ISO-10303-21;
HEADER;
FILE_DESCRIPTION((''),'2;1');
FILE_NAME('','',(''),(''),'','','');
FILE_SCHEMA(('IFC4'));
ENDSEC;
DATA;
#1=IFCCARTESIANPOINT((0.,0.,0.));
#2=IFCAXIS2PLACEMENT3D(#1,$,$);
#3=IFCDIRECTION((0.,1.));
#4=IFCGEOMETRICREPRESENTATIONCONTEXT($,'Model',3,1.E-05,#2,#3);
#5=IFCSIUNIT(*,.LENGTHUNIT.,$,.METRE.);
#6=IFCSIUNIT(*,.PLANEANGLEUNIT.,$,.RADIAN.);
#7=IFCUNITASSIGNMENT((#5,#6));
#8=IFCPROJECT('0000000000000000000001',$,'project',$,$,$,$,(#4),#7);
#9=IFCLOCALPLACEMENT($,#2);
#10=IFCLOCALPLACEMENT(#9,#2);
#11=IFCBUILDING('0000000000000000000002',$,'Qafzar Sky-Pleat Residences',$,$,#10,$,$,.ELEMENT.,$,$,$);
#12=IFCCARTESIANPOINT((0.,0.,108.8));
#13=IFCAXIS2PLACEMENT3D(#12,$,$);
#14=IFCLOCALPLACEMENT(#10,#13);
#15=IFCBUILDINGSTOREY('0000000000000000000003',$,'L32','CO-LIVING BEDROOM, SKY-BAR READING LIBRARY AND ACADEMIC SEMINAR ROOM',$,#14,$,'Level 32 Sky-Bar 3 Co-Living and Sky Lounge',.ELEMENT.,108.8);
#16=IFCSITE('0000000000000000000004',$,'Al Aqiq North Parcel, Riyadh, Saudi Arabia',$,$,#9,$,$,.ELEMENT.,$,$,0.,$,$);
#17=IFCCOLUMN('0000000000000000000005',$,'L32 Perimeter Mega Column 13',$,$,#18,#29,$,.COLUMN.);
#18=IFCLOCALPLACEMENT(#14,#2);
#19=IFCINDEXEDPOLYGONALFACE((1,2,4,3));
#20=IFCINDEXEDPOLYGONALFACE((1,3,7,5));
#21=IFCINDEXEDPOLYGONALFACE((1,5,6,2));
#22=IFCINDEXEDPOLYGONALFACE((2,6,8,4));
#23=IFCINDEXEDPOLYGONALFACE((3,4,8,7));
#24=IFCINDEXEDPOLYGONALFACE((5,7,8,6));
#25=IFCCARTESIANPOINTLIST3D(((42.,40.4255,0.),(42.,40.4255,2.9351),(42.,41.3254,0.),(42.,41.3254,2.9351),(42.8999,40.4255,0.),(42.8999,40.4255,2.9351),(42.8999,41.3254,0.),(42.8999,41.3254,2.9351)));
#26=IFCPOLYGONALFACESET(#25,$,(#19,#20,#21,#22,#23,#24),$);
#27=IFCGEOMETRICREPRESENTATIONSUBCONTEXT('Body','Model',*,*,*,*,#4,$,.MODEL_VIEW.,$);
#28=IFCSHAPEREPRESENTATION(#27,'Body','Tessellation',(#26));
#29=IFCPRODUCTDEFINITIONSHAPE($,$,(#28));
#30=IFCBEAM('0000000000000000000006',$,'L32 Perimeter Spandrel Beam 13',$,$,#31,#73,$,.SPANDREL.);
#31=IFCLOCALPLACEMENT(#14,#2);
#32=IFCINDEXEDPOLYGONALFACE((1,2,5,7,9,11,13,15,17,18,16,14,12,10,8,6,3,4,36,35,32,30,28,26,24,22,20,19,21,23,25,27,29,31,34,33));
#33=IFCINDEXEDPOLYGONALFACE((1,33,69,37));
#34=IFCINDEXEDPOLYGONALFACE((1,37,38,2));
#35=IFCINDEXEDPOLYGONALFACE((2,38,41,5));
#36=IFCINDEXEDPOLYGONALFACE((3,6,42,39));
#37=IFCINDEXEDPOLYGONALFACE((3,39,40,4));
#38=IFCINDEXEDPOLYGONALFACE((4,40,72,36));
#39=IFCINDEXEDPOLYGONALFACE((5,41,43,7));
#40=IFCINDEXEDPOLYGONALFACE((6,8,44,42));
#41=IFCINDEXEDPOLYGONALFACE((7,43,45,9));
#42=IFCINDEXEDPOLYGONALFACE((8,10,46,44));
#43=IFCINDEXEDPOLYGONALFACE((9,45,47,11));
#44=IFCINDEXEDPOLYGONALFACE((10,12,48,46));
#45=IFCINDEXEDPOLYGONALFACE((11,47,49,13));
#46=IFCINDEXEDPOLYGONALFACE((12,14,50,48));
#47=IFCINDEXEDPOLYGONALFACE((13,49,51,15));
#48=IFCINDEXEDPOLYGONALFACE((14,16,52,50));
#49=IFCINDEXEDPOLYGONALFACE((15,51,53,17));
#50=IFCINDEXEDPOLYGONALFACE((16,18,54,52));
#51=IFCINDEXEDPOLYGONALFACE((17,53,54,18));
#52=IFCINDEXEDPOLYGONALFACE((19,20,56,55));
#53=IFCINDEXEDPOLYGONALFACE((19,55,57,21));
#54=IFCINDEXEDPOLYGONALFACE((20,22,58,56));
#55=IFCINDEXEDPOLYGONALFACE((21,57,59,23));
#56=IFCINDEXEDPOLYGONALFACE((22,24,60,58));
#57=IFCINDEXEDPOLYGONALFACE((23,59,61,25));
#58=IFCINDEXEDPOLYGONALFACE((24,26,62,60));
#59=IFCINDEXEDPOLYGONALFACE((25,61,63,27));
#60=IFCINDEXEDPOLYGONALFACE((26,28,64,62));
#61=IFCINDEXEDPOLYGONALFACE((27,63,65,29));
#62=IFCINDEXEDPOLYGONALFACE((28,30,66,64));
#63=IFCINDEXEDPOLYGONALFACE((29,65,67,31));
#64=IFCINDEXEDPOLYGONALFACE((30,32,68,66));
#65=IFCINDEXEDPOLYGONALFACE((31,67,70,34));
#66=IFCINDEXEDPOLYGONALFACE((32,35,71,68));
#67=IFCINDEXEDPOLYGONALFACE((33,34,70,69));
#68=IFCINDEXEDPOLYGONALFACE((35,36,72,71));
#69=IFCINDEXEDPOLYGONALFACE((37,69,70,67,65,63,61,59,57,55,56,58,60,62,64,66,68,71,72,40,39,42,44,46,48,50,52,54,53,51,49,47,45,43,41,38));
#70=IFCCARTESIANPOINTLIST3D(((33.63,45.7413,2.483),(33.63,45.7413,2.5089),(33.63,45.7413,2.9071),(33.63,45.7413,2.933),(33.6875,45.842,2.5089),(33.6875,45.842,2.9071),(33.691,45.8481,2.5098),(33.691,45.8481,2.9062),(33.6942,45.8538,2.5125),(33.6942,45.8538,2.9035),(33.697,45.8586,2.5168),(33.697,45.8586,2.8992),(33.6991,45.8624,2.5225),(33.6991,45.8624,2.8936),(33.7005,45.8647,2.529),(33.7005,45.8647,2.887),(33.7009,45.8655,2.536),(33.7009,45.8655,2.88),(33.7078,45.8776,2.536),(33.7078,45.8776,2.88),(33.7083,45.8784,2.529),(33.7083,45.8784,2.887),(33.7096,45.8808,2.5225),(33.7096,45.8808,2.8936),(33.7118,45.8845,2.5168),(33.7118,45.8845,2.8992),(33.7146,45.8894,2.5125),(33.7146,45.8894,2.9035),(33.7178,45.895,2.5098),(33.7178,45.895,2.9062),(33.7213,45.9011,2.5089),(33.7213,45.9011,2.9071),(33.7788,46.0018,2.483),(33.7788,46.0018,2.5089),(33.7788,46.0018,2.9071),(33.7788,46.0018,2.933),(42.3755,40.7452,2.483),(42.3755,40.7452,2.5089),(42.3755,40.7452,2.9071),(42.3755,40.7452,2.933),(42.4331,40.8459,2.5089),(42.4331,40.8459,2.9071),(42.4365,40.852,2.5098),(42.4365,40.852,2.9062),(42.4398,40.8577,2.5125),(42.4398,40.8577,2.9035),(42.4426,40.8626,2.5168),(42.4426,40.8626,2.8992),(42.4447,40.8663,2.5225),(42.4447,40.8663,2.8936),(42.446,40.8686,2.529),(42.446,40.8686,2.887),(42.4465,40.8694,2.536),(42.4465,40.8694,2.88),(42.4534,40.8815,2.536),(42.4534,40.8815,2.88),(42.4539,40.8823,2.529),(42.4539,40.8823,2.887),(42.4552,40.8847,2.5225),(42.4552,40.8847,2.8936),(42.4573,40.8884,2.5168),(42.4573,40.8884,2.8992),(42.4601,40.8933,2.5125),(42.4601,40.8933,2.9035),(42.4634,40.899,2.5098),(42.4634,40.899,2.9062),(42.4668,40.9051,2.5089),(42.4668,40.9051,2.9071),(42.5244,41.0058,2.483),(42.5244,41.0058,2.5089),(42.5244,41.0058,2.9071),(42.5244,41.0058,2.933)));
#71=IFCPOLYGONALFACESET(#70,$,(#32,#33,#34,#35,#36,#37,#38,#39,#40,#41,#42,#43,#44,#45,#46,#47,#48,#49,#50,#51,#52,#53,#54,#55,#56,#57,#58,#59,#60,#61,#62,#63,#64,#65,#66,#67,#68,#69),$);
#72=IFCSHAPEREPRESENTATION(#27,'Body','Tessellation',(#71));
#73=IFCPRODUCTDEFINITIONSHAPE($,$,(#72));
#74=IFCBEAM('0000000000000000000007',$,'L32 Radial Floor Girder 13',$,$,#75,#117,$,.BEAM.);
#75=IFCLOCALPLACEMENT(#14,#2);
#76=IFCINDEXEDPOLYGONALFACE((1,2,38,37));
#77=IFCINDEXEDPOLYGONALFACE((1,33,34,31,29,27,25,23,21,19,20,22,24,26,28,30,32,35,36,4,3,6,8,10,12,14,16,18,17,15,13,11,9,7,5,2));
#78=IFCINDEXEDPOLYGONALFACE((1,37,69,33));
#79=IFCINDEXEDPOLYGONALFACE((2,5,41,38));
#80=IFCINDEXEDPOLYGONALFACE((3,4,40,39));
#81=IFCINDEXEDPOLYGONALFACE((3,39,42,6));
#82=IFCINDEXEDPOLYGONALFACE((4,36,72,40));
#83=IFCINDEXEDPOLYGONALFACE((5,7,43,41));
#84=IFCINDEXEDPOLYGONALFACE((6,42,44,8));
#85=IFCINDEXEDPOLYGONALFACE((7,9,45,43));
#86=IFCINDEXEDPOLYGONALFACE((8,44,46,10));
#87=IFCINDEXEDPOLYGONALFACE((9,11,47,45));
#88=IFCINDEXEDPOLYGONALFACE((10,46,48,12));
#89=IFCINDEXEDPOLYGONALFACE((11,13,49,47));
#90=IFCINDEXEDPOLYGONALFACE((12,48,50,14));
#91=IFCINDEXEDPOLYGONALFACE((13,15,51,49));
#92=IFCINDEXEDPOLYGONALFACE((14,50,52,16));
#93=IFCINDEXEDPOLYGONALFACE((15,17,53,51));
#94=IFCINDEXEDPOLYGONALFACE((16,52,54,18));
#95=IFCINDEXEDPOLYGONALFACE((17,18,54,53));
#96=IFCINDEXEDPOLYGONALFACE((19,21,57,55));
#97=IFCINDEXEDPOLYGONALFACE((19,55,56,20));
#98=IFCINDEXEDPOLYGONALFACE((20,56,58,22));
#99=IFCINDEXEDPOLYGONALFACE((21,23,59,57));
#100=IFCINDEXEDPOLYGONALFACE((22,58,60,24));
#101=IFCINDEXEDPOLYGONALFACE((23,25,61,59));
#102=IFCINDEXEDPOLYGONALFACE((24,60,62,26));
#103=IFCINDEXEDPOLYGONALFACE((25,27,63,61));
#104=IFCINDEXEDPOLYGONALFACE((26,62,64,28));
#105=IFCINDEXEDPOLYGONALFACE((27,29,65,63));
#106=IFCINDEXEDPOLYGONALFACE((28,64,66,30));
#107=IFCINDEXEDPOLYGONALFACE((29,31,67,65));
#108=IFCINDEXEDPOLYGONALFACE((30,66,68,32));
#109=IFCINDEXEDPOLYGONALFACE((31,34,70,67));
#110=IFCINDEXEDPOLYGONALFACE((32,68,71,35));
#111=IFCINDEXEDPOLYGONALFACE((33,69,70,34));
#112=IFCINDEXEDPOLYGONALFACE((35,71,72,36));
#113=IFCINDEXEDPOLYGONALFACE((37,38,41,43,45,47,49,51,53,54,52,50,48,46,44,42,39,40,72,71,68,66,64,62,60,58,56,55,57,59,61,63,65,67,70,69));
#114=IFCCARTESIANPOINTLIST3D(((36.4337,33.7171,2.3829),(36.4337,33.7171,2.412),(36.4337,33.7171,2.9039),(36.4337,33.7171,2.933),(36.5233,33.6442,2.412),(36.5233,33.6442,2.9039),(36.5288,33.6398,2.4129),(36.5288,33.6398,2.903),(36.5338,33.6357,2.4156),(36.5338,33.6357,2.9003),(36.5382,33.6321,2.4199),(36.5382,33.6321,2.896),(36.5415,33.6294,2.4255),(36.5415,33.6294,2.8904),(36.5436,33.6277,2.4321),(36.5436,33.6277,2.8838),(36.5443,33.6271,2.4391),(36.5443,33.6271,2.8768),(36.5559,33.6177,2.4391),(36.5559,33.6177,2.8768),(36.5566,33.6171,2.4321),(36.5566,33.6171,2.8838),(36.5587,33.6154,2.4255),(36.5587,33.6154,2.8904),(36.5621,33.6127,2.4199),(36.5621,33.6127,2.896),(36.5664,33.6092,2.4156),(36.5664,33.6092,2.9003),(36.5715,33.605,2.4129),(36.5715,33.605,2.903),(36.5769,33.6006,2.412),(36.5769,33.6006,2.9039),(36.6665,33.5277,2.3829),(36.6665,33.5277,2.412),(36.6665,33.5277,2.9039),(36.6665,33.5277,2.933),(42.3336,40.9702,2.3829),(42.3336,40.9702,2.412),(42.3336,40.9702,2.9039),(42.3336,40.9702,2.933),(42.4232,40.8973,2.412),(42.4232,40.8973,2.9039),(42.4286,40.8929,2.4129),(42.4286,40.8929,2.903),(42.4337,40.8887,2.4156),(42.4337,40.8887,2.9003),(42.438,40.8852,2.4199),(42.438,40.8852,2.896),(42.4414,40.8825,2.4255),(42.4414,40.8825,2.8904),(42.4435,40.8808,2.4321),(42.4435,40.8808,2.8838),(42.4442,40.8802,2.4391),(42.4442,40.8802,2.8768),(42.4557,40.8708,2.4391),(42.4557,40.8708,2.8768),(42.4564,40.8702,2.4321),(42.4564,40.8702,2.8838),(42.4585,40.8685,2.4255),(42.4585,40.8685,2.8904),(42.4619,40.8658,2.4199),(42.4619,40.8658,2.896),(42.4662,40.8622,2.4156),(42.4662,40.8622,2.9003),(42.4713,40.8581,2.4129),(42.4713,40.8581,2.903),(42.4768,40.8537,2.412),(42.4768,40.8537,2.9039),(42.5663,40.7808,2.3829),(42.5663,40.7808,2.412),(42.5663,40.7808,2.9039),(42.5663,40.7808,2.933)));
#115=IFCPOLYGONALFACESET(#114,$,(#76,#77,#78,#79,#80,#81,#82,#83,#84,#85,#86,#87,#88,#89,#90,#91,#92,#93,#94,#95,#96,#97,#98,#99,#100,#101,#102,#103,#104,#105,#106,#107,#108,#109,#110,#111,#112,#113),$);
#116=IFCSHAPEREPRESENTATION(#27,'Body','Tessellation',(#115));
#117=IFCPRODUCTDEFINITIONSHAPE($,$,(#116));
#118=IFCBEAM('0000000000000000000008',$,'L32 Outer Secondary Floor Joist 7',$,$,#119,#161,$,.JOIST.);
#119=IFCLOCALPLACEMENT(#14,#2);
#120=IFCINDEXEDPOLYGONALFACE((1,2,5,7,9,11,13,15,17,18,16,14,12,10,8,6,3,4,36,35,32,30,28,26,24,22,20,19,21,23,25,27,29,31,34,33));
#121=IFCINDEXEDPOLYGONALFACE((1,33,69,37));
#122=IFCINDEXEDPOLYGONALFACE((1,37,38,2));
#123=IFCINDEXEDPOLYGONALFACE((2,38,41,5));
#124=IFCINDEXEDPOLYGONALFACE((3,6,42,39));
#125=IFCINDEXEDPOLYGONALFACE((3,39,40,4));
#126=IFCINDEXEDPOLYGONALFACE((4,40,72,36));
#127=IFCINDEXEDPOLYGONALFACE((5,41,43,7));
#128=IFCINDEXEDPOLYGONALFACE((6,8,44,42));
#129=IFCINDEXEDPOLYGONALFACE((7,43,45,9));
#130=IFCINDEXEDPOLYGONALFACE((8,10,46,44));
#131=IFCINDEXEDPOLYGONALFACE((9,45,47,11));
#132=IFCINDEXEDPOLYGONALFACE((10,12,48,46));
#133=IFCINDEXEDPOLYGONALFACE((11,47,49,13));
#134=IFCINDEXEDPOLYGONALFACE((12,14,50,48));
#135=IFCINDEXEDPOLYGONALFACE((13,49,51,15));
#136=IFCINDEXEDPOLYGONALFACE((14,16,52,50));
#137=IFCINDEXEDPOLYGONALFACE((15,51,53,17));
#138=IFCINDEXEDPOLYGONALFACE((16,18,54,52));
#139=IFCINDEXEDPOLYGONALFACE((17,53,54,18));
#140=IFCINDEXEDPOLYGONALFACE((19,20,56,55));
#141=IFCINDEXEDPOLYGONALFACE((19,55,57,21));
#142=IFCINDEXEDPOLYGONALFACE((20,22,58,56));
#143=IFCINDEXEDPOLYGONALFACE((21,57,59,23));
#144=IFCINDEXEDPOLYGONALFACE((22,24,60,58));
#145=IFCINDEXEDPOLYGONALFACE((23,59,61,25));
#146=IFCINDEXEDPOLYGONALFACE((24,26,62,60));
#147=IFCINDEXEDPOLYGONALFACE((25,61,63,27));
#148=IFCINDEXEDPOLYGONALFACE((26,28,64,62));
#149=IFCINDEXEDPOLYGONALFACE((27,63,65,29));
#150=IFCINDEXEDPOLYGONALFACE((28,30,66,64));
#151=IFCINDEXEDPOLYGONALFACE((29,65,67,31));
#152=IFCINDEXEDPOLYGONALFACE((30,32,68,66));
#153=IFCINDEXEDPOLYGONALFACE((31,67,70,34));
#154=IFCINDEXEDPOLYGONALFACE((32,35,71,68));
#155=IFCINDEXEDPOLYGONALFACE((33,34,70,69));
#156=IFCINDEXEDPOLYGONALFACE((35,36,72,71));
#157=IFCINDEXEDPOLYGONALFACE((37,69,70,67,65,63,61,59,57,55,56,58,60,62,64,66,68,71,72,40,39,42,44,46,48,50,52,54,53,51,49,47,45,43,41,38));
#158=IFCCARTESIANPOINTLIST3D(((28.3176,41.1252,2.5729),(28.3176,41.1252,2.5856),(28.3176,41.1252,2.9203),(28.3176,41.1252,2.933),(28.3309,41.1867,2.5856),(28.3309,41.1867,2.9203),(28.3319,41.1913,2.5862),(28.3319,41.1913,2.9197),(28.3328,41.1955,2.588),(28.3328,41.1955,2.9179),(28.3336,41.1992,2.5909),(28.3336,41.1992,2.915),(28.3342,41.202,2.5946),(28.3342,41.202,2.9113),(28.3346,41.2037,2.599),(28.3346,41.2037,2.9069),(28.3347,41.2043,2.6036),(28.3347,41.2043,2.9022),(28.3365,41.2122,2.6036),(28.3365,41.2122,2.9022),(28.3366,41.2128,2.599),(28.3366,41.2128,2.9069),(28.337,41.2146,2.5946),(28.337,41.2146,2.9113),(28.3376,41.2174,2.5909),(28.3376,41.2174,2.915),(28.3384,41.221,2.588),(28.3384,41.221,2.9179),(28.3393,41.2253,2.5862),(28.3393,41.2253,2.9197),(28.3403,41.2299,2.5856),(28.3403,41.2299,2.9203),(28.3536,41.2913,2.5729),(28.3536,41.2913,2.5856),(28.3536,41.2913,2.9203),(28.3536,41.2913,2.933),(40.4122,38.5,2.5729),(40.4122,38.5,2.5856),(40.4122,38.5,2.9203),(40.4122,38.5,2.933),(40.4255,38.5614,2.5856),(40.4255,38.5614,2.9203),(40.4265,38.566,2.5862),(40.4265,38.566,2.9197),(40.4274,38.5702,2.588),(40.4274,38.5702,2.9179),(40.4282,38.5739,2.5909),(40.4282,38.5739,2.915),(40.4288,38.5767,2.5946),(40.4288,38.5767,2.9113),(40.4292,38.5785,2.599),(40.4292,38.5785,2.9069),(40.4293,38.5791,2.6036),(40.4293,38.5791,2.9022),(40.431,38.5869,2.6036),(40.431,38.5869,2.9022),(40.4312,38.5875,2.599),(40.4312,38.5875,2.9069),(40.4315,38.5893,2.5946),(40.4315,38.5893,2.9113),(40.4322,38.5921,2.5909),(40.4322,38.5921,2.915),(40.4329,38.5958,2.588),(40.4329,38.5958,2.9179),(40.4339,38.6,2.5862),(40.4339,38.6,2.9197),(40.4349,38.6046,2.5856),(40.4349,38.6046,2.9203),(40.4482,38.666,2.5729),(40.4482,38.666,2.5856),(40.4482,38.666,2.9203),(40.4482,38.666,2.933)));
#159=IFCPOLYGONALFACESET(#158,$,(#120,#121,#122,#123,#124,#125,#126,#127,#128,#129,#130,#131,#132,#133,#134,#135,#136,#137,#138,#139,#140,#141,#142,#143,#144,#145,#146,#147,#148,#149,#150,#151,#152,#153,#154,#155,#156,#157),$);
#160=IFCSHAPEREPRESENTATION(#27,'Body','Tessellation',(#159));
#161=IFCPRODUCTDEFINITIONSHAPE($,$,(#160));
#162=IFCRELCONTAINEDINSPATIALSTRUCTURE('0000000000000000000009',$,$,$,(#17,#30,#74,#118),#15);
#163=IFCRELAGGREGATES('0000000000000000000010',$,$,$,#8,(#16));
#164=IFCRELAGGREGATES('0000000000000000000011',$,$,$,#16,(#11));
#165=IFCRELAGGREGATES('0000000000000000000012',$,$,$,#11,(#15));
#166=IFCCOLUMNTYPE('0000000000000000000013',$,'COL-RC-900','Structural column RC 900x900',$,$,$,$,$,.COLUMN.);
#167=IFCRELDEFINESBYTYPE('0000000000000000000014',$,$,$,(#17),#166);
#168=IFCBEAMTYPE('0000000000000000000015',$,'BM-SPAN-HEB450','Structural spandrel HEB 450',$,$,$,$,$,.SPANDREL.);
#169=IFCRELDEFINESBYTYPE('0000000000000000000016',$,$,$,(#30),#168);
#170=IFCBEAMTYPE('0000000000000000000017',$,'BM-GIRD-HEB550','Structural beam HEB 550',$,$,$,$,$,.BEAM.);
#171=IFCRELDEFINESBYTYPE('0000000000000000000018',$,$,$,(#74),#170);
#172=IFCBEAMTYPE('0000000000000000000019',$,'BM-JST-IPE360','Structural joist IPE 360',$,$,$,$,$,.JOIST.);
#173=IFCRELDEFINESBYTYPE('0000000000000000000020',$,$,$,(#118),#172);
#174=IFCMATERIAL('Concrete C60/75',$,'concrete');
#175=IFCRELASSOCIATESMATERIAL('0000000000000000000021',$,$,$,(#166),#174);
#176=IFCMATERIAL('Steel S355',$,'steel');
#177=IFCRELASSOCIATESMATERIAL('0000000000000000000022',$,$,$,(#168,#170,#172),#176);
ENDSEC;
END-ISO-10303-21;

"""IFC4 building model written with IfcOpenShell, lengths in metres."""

from ifc_helpers import new_model, si_unit, direction, frame, origin, origin_2d, place, context, subcontext, project, spatial, rectangle, i_section, extrude, source, transform, mapped, material, material_profile, profile_set, type_object, element, save


model = new_model("IFC4")

# Units and contexts
model_context = context("Model", 3, precision=1e-05, world=origin(), true_north=direction((0.0, 1.0)))
body_context = subcontext(model_context, "Body", "Model", "MODEL_VIEW")
ifc_project = project(units=[si_unit("LENGTHUNIT", "METRE"), si_unit("PLANEANGLEUNIT", "RADIAN")], contexts=[model_context])

# Site, building, storey
site_placement = place(None, origin())
site = spatial("IfcSite", under=ifc_project, at=site_placement, Name="Al Aqiq North Parcel, Riyadh, Saudi Arabia", CompositionType="ELEMENT", RefElevation=0.0)
building_placement = place(site_placement, origin())
building = spatial("IfcBuilding", under=site, at=building_placement, Name="Qafzar Sky-Pleat Residences", CompositionType="ELEMENT")
storey_placement = place(building_placement, frame((0.0, 0.0, 108.8)))
storey = spatial("IfcBuildingStorey", under=building, at=storey_placement, Name="L32", Description="CO-LIVING BEDROOM, SKY-BAR READING LIBRARY AND ACADEMIC SEMINAR ROOM", LongName="Level 32 Sky-Bar 3 Co-Living and Sky Lounge", CompositionType="ELEMENT", Elevation=108.8)

# Column
ifc_material_1 = material(Name="Concrete C60/75", Category="concrete")
ifc_material_profile_1 = material_profile(ifc_material_1, rectangle(XDim=0.8999, YDim=0.8999, at=origin_2d()), Name="RC 900x900")
ifc_profile_set_1 = profile_set([ifc_material_profile_1], Name="Concrete C60/75")
column_type = type_object("IfcColumnType", Name="COL-RC-900", Description="Structural column RC 900x900", PredefinedType="COLUMN", material=ifc_profile_set_1)
shared_shape_1 = source(origin(), body_context, "Body", "SweptSolid", [
    extrude(rectangle(XDim=0.8999, YDim=0.8999, at=origin_2d()), origin(), (0.0, 0.0, 1.0), 2.9351),
])
column_placement = place(storey_placement, frame((42.45, 40.8755, 0.0), z_axis=(0.0, 0.0, 1.0), x_axis=(1.0, 0.0, 0.0)))
element("IfcColumn", 1, at=column_placement, inside=storey, type_object=column_type, Name="L32 Perimeter Mega Column 13", PredefinedType="COLUMN", context=body_context, shape_type="MappedRepresentation", body=[
    mapped(shared_shape_1, transform((0.0, 0.0, 0.0), x_axis=(1.0, 0.0, 0.0), y_axis=(0.0, 1.0, 0.0), z_axis=(0.0, 0.0, 1.0), scale=1.0)),
])

# Beams
ifc_material_2 = material(Name="Steel S355", Category="steel")
ifc_material_profile_2 = material_profile(ifc_material_2, i_section(OverallWidth=0.3, OverallDepth=0.45, WebThickness=0.0139, FlangeThickness=0.0259, FilletRadius=0.0271, at=origin_2d()), Name="HEB 450")
ifc_profile_set_2 = profile_set([ifc_material_profile_2], Name="Steel S355")
beam_type_1 = type_object("IfcBeamType", Name="BM-SPAN-HEB450", Description="Structural spandrel HEB 450", PredefinedType="SPANDREL", material=ifc_profile_set_2)
shared_shape_2 = source(origin(), body_context, "Body", "SweptSolid", [
    extrude(i_section(OverallWidth=0.3, OverallDepth=0.45, WebThickness=0.0139, FlangeThickness=0.0259, FilletRadius=0.0271, at=origin_2d()), origin(), (0.0, 0.0, 1.0), 10.072),
])
beam_1_placement = place(storey_placement, frame((42.45, 40.8755, 2.708), z_axis=(-0.868303, 0.496035, 0.0), x_axis=(-0.496035, -0.868303, 0.0)))
element("IfcBeam", 2, at=beam_1_placement, inside=storey, type_object=beam_type_1, Name="L32 Perimeter Spandrel Beam 13", PredefinedType="SPANDREL", context=body_context, shape_type="MappedRepresentation", body=[
    mapped(shared_shape_2, transform((0.0, 0.0, 0.0), x_axis=(1.0, 0.0, 0.0), y_axis=(0.0, 1.0, 0.0), z_axis=(0.0, 0.0, 1.0), scale=1.0)),
])
ifc_material_profile_3 = material_profile(ifc_material_2, i_section(OverallWidth=0.3, OverallDepth=0.55, WebThickness=0.0149, FlangeThickness=0.0291, FilletRadius=0.0271, at=origin_2d()), Name="HEB 550")
ifc_profile_set_3 = profile_set([ifc_material_profile_3], Name="Steel S355")
beam_type_2 = type_object("IfcBeamType", Name="BM-GIRD-HEB550", Description="Structural beam HEB 550", PredefinedType="BEAM", material=ifc_profile_set_3)
shared_shape_3 = source(origin(), body_context, "Body", "SweptSolid", [
    extrude(i_section(OverallWidth=0.3, OverallDepth=0.55, WebThickness=0.0149, FlangeThickness=0.0291, FilletRadius=0.0271, at=origin_2d()), origin(), (0.0, 0.0, 1.0), 9.3496),
])
beam_2_placement = place(storey_placement, frame((42.45, 40.8755, 2.658), z_axis=(-0.631024, -0.775763, 0.0), x_axis=(0.775763, -0.631024, 0.0)))
element("IfcBeam", 3, at=beam_2_placement, inside=storey, type_object=beam_type_2, Name="L32 Radial Floor Girder 13", PredefinedType="BEAM", context=body_context, shape_type="MappedRepresentation", body=[
    mapped(shared_shape_3, transform((0.0, 0.0, 0.0), x_axis=(1.0, 0.0, 0.0), y_axis=(0.0, 1.0, 0.0), z_axis=(0.0, 0.0, 1.0), scale=1.0)),
])
ifc_material_profile_4 = material_profile(ifc_material_2, i_section(OverallWidth=0.1699, OverallDepth=0.3601, WebThickness=0.0081, FlangeThickness=0.0127, FilletRadius=0.0181, at=origin_2d()), Name="IPE 360")
ifc_profile_set_4 = profile_set([ifc_material_profile_4], Name="Steel S355")
beam_type_3 = type_object("IfcBeamType", Name="BM-JST-IPE360", Description="Structural joist IPE 360", PredefinedType="JOIST", material=ifc_profile_set_4)
shared_shape_4 = source(origin(), body_context, "Body", "SweptSolid", [
    extrude(i_section(OverallWidth=0.1699, OverallDepth=0.3601, WebThickness=0.0081, FlangeThickness=0.0127, FilletRadius=0.0181, at=origin_2d()), origin(), (0.0, 0.0, 1.0), 12.3762),
])
beam_3_placement = place(storey_placement, frame((40.4302, 38.583, 2.7529), z_axis=(-0.977243, 0.212122, 0.0), x_axis=(-0.212122, -0.977243, 0.0)))
element("IfcBeam", 4, at=beam_3_placement, inside=storey, type_object=beam_type_3, Name="L32 Outer Secondary Floor Joist 7", PredefinedType="JOIST", context=body_context, shape_type="MappedRepresentation", body=[
    mapped(shared_shape_4, transform((0.0, 0.0, 0.0), x_axis=(1.0, 0.0, 0.0), y_axis=(0.0, 1.0, 0.0), z_axis=(0.0, 0.0, 1.0), scale=1.0)),
])

save(model, "model.ifc")
